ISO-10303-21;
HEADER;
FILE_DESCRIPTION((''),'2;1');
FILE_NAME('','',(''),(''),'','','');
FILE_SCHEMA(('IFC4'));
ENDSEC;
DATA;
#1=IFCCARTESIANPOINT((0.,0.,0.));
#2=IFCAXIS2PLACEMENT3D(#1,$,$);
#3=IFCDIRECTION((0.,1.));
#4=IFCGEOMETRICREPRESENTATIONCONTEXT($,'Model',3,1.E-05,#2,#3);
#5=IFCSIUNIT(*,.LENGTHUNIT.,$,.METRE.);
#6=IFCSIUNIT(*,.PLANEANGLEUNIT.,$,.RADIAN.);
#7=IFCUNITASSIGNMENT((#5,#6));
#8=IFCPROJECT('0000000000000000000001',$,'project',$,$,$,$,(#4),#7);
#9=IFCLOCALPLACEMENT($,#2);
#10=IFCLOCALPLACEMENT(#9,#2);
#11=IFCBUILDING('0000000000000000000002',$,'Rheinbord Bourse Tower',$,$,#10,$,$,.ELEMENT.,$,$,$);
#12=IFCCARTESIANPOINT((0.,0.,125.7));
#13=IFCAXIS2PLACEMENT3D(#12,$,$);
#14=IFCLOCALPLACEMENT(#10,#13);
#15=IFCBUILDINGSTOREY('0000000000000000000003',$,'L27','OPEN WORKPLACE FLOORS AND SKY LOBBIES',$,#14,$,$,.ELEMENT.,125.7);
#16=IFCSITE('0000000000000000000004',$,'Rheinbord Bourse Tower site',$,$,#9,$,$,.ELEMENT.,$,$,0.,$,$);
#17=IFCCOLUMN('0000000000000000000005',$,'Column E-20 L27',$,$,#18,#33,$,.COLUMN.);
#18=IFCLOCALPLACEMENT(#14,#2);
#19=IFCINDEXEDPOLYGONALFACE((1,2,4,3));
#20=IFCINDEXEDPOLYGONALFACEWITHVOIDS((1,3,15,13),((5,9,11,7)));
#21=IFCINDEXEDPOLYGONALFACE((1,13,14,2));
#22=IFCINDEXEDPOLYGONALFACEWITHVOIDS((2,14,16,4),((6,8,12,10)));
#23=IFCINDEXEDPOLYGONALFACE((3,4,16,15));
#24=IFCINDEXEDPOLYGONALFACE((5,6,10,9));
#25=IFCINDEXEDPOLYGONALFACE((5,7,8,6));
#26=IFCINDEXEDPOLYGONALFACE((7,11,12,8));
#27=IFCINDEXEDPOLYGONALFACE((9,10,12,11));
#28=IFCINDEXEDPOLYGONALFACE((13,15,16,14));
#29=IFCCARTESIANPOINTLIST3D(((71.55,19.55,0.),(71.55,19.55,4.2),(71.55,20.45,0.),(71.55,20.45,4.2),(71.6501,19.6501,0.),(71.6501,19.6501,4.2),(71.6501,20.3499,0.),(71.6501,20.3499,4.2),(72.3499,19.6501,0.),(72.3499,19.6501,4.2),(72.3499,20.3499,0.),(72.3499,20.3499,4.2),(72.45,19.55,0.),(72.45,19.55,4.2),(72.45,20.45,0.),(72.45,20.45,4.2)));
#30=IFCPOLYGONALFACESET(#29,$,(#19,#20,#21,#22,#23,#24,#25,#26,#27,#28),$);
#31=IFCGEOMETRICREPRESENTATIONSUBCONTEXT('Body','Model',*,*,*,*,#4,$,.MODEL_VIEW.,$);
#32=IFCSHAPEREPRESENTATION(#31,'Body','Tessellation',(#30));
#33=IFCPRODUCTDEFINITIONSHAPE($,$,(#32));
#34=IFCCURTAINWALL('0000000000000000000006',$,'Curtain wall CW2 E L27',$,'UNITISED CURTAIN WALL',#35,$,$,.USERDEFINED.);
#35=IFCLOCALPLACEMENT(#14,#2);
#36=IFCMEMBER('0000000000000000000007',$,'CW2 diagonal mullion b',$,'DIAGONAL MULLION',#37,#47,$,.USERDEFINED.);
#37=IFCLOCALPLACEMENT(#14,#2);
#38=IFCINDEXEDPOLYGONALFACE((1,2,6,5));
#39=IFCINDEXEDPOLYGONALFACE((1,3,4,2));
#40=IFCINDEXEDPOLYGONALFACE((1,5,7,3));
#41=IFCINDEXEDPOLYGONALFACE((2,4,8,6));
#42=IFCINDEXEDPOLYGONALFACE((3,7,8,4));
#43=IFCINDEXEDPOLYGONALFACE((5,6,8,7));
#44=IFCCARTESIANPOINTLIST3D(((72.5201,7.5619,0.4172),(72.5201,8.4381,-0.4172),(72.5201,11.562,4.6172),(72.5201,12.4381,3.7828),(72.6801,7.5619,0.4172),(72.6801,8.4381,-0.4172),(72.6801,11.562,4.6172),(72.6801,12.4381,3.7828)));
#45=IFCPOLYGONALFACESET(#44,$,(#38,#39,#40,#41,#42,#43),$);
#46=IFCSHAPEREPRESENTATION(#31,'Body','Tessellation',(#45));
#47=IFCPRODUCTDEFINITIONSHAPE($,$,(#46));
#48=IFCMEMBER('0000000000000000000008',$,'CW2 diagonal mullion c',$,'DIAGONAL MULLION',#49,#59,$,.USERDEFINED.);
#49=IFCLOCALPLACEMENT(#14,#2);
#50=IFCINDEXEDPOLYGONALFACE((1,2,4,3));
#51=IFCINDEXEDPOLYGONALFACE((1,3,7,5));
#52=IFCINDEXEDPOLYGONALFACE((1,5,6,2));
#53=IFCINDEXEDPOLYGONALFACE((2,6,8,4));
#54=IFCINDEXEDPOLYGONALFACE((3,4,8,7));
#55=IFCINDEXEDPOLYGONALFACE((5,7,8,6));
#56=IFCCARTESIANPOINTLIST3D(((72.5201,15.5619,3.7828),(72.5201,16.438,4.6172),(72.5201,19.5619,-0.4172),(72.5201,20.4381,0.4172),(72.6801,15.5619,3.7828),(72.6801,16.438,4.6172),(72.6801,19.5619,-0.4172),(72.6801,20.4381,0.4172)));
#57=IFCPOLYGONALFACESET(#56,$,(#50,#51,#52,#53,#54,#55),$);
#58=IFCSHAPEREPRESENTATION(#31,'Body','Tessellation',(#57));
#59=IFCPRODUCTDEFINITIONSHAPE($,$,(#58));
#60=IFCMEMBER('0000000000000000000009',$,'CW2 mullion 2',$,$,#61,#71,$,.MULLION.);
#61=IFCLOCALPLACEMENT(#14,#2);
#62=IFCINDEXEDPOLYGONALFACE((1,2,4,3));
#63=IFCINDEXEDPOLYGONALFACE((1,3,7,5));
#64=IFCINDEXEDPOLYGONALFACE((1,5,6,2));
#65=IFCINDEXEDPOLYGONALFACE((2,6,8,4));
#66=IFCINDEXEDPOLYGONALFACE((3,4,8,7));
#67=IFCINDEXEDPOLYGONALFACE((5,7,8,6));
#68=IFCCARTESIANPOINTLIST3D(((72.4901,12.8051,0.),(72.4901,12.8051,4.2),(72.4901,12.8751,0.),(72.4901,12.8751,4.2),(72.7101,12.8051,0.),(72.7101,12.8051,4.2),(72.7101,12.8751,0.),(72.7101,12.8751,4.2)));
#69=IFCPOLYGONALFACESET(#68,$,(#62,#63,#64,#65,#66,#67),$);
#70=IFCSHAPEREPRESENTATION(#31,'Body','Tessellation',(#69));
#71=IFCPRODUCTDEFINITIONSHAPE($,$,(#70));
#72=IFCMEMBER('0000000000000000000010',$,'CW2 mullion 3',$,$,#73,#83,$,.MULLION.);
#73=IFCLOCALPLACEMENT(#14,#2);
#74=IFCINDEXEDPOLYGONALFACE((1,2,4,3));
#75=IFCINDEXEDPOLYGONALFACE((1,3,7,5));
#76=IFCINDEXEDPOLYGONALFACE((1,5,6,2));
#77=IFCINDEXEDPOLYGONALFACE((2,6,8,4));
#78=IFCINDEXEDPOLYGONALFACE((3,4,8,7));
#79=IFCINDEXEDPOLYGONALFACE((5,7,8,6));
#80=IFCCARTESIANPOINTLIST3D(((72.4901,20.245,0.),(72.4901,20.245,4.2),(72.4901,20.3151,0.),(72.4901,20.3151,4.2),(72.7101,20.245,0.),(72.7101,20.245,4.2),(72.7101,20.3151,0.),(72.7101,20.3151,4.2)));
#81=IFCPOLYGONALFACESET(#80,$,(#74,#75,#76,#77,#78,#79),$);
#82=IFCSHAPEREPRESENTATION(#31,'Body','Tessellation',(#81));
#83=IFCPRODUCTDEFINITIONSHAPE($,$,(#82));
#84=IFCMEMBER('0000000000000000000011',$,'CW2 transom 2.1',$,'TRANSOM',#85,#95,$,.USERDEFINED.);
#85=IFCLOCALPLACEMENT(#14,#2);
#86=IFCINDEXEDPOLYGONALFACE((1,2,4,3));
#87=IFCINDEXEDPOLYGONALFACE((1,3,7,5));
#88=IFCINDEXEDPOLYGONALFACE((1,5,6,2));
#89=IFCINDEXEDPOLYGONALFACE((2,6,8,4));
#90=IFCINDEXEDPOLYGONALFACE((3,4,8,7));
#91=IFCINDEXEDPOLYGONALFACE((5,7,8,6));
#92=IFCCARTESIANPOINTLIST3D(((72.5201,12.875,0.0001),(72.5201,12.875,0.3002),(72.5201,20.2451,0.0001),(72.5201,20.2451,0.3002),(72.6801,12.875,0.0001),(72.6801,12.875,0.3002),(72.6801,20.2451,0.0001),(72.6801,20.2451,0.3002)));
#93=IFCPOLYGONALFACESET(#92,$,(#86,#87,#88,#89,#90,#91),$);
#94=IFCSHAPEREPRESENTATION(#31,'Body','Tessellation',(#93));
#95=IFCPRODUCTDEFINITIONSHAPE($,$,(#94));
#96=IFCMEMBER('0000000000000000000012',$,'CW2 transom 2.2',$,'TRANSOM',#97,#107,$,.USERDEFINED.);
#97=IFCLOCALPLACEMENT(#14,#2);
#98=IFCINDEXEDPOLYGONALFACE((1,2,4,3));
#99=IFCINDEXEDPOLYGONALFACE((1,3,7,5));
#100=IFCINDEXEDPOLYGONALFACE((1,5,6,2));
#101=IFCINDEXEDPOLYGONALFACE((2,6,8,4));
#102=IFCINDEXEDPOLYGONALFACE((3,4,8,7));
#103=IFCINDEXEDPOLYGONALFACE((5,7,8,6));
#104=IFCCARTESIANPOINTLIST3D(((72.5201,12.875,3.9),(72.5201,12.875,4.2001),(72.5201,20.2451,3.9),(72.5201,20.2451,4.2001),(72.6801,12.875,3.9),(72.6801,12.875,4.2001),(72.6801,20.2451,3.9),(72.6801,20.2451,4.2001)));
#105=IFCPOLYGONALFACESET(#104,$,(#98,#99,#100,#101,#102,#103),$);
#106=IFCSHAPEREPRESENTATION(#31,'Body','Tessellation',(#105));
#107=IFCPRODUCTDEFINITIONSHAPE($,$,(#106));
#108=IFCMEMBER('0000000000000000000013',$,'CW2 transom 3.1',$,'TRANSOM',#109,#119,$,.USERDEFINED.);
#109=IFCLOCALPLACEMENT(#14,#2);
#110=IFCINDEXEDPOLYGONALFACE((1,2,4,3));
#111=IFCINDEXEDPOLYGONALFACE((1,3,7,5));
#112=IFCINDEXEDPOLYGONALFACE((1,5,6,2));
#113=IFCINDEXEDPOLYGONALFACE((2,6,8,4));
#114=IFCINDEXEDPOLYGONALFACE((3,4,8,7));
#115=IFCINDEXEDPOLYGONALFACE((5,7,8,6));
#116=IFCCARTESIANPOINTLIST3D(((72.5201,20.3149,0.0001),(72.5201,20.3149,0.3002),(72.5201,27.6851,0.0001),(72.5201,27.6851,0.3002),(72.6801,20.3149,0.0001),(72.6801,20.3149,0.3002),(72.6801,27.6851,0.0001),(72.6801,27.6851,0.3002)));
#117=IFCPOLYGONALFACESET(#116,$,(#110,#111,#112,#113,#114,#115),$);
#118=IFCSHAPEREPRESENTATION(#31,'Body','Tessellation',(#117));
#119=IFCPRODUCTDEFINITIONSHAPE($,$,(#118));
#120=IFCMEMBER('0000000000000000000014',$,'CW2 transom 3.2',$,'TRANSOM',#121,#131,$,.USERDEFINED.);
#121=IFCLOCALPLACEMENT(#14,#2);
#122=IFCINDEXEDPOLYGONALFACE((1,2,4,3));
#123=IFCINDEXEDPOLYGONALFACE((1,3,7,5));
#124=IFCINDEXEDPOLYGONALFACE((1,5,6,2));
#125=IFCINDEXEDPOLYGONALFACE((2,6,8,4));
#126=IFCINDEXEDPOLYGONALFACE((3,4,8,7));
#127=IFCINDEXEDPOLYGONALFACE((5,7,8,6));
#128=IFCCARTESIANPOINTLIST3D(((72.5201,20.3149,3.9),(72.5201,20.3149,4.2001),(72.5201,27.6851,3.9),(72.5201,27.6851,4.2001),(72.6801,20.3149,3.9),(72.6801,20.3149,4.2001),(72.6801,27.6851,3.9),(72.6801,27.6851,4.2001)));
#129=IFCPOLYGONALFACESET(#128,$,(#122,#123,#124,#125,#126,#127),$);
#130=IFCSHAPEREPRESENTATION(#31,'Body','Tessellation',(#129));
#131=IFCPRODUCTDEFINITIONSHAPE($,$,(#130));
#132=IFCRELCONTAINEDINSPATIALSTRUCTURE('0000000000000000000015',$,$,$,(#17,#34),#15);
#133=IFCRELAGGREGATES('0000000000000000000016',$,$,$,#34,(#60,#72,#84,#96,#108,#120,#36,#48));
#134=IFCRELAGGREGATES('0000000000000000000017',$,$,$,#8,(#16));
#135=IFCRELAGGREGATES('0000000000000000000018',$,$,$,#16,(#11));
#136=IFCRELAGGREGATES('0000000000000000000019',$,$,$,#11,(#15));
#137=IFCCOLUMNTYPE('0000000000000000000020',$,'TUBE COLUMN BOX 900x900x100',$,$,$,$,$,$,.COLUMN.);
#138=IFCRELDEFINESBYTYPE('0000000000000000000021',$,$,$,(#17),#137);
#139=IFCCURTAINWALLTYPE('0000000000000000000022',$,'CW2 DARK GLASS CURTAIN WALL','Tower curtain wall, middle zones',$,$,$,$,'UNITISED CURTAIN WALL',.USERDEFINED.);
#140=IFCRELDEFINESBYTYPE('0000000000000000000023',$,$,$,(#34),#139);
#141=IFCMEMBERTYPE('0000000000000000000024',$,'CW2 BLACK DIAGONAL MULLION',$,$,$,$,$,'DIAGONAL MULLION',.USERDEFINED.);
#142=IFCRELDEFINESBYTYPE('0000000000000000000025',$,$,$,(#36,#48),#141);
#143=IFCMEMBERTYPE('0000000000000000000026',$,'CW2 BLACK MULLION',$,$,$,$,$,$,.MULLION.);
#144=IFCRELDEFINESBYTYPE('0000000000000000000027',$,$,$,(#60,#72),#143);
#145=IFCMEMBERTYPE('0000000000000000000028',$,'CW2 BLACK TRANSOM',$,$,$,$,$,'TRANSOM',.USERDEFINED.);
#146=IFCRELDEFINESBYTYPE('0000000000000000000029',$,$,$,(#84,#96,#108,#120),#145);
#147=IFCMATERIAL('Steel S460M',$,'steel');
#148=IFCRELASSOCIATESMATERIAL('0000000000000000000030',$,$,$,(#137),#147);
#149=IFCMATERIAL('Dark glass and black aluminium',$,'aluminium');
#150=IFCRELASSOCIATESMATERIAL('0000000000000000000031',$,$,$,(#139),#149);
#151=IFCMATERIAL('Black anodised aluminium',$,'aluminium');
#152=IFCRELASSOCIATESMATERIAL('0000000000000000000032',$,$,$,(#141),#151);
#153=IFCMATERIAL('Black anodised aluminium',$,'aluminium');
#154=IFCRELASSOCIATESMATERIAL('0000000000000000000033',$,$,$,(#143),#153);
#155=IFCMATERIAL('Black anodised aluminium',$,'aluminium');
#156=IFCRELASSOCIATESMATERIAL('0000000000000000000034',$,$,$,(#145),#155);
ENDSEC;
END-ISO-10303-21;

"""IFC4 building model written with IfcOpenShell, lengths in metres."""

from ifc_helpers import new_model, si_unit, direction, frame, origin, origin_2d, place, context, subcontext, project, spatial, rectangle, hollow_rectangle, extrude, material, material_profile, profile_set, type_object, element, aggregate, save


model = new_model("IFC4")

# Units and contexts
model_context = context("Model", 3, precision=1e-05, world=origin(), true_north=direction((0.0, 1.0)))
body_context = subcontext(model_context, "Body", "Model", "MODEL_VIEW")
ifc_project = project(units=[si_unit("LENGTHUNIT", "METRE"), si_unit("PLANEANGLEUNIT", "RADIAN")], contexts=[model_context])

# Site, building, storey
site_placement = place(None, origin())
site = spatial("IfcSite", under=ifc_project, at=site_placement, Name="Rheinbord Bourse Tower site", CompositionType="ELEMENT", RefElevation=0.0)
building_placement = place(site_placement, origin())
building = spatial("IfcBuilding", under=site, at=building_placement, Name="Rheinbord Bourse Tower", CompositionType="ELEMENT")
storey_placement = place(building_placement, frame((0.0, 0.0, 125.7)))
storey = spatial("IfcBuildingStorey", under=building, at=storey_placement, Name="L27", Description="OPEN WORKPLACE FLOORS AND SKY LOBBIES", CompositionType="ELEMENT", Elevation=125.7)

# Column
ifc_material_1 = material(Name="Steel S460M", Category="steel")
ifc_material_profile_1 = material_profile(ifc_material_1, hollow_rectangle(XDim=0.8999, YDim=0.8999, WallThickness=0.1001, at=origin_2d()), Name="BOX 900x900x100")
ifc_profile_set_1 = profile_set([ifc_material_profile_1], Name="Steel S460M")
column_type = type_object("IfcColumnType", Name="TUBE COLUMN BOX 900x900x100", PredefinedType="COLUMN", material=ifc_profile_set_1)
column_placement = place(storey_placement, frame((72.0, 20.0, 0.0), z_axis=(0.0, 0.0, 1.0), x_axis=(1.0, 0.0, 0.0)))
element("IfcColumn", 1, at=column_placement, inside=storey, type_object=column_type, Name="Column E-20 L27", PredefinedType="COLUMN", context=body_context, shape_type="SweptSolid", body=[
    extrude(hollow_rectangle(XDim=0.8999, YDim=0.8999, WallThickness=0.1001, at=origin_2d()), origin(), (0.0, 0.0, 1.0), 4.2),
])

# Curtain wall, members
ifc_material_2 = material(Name="Dark glass and black aluminium", Category="aluminium")
curtain_wall_type = type_object("IfcCurtainWallType", Name="CW2 DARK GLASS CURTAIN WALL", Description="Tower curtain wall, middle zones", ElementType="UNITISED CURTAIN WALL", PredefinedType="USERDEFINED", material=ifc_material_2)
curtain_wall_placement = place(storey_placement, origin())
curtain_wall = element("IfcCurtainWall", 2, at=curtain_wall_placement, inside=storey, type_object=curtain_wall_type, Name="Curtain wall CW2 E L27", ObjectType="UNITISED CURTAIN WALL", PredefinedType="USERDEFINED")
ifc_material_3 = material(Name="Black anodised aluminium", Category="aluminium")
ifc_material_profile_2 = material_profile(ifc_material_3, rectangle(XDim=0.1599, YDim=1.21, at=origin_2d()), Name="CW2 DIAGONAL MULLION 1210x160")
ifc_profile_set_2 = profile_set([ifc_material_profile_2], Name="Black anodised aluminium")
member_type_1 = type_object("IfcMemberType", Name="CW2 BLACK DIAGONAL MULLION", ElementType="DIAGONAL MULLION", PredefinedType="USERDEFINED", material=ifc_profile_set_2)
member_1_placement = place(storey_placement, frame((72.6001, 8.0, 0.0), z_axis=(0.0, 0.689659, 0.724134), x_axis=(-1.0, 0.0, 0.0)))
member_1 = element("IfcMember", 3, at=member_1_placement, type_object=member_type_1, Name="CW2 diagonal mullion b", ObjectType="DIAGONAL MULLION", PredefinedType="USERDEFINED", context=body_context, shape_type="SweptSolid", body=[
    extrude(rectangle(XDim=0.1599, YDim=1.21, at=origin_2d()), origin(), (0.0, 0.0, 1.0), 5.8),
])
member_2_placement = place(storey_placement, frame((72.6001, 20.0, 0.0), z_axis=(0.0, -0.689659, 0.724134), x_axis=(1.0, 0.0, 0.0)))
member_2 = element("IfcMember", 4, at=member_2_placement, type_object=member_type_1, Name="CW2 diagonal mullion c", ObjectType="DIAGONAL MULLION", PredefinedType="USERDEFINED", context=body_context, shape_type="SweptSolid", body=[
    extrude(rectangle(XDim=0.1599, YDim=1.21, at=origin_2d()), origin(), (0.0, 0.0, 1.0), 5.8),
])
ifc_material_4 = material(Name="Black anodised aluminium", Category="aluminium")
ifc_material_profile_3 = material_profile(ifc_material_4, rectangle(XDim=0.22, YDim=0.0701, at=origin_2d()), Name="CW2 MULLION 70x220")
ifc_profile_set_3 = profile_set([ifc_material_profile_3], Name="Black anodised aluminium")
member_type_2 = type_object("IfcMemberType", Name="CW2 BLACK MULLION", PredefinedType="MULLION", material=ifc_profile_set_3)
member_3_placement = place(storey_placement, frame((72.6001, 12.8401, 0.0), z_axis=(0.0, 0.0, 1.0), x_axis=(-1.0, 0.0, 0.0)))
member_3 = element("IfcMember", 5, at=member_3_placement, type_object=member_type_2, Name="CW2 mullion 2", PredefinedType="MULLION", context=body_context, shape_type="SweptSolid", body=[
    extrude(rectangle(XDim=0.22, YDim=0.0701, at=origin_2d()), origin(), (0.0, 0.0, 1.0), 4.2),
])
member_4_placement = place(storey_placement, frame((72.6001, 20.28, 0.0), z_axis=(0.0, 0.0, 1.0), x_axis=(-1.0, 0.0, 0.0)))
member_4 = element("IfcMember", 6, at=member_4_placement, type_object=member_type_2, Name="CW2 mullion 3", PredefinedType="MULLION", context=body_context, shape_type="SweptSolid", body=[
    extrude(rectangle(XDim=0.22, YDim=0.0701, at=origin_2d()), origin(), (0.0, 0.0, 1.0), 4.2),
])
ifc_material_5 = material(Name="Black anodised aluminium", Category="aluminium")
ifc_material_profile_4 = material_profile(ifc_material_5, rectangle(XDim=0.1599, YDim=0.3, at=origin_2d()), Name="CW2 TRANSOM 300x160")
ifc_profile_set_4 = profile_set([ifc_material_profile_4], Name="Black anodised aluminium")
member_type_3 = type_object("IfcMemberType", Name="CW2 BLACK TRANSOM", ElementType="TRANSOM", PredefinedType="USERDEFINED", material=ifc_profile_set_4)
member_5_placement = place(storey_placement, frame((72.6001, 12.875, 0.1501), z_axis=(0.0, 1.0, 0.0), x_axis=(-1.0, 0.0, 0.0)))
member_5 = element("IfcMember", 7, at=member_5_placement, type_object=member_type_3, Name="CW2 transom 2.1", ObjectType="TRANSOM", PredefinedType="USERDEFINED", context=body_context, shape_type="SweptSolid", body=[
    extrude(rectangle(XDim=0.1599, YDim=0.3, at=origin_2d()), origin(), (0.0, 0.0, 1.0), 7.3701),
])
member_6_placement = place(storey_placement, frame((72.6001, 12.875, 4.05), z_axis=(0.0, 1.0, 0.0), x_axis=(-1.0, 0.0, 0.0)))
member_6 = element("IfcMember", 8, at=member_6_placement, type_object=member_type_3, Name="CW2 transom 2.2", ObjectType="TRANSOM", PredefinedType="USERDEFINED", context=body_context, shape_type="SweptSolid", body=[
    extrude(rectangle(XDim=0.1599, YDim=0.3, at=origin_2d()), origin(), (0.0, 0.0, 1.0), 7.3701),
])
member_7_placement = place(storey_placement, frame((72.6001, 20.3149, 0.1501), z_axis=(0.0, 1.0, 0.0), x_axis=(-1.0, 0.0, 0.0)))
member_7 = element("IfcMember", 9, at=member_7_placement, type_object=member_type_3, Name="CW2 transom 3.1", ObjectType="TRANSOM", PredefinedType="USERDEFINED", context=body_context, shape_type="SweptSolid", body=[
    extrude(rectangle(XDim=0.1599, YDim=0.3, at=origin_2d()), origin(), (0.0, 0.0, 1.0), 7.3701),
])
member_8_placement = place(storey_placement, frame((72.6001, 20.3149, 4.05), z_axis=(0.0, 1.0, 0.0), x_axis=(-1.0, 0.0, 0.0)))
member_8 = element("IfcMember", 10, at=member_8_placement, type_object=member_type_3, Name="CW2 transom 3.2", ObjectType="TRANSOM", PredefinedType="USERDEFINED", context=body_context, shape_type="SweptSolid", body=[
    extrude(rectangle(XDim=0.1599, YDim=0.3, at=origin_2d()), origin(), (0.0, 0.0, 1.0), 7.3701),
])

aggregate(curtain_wall, [member_3, member_4, member_5, member_6, member_7, member_8, member_1, member_2])

save(model, "model.ifc")
